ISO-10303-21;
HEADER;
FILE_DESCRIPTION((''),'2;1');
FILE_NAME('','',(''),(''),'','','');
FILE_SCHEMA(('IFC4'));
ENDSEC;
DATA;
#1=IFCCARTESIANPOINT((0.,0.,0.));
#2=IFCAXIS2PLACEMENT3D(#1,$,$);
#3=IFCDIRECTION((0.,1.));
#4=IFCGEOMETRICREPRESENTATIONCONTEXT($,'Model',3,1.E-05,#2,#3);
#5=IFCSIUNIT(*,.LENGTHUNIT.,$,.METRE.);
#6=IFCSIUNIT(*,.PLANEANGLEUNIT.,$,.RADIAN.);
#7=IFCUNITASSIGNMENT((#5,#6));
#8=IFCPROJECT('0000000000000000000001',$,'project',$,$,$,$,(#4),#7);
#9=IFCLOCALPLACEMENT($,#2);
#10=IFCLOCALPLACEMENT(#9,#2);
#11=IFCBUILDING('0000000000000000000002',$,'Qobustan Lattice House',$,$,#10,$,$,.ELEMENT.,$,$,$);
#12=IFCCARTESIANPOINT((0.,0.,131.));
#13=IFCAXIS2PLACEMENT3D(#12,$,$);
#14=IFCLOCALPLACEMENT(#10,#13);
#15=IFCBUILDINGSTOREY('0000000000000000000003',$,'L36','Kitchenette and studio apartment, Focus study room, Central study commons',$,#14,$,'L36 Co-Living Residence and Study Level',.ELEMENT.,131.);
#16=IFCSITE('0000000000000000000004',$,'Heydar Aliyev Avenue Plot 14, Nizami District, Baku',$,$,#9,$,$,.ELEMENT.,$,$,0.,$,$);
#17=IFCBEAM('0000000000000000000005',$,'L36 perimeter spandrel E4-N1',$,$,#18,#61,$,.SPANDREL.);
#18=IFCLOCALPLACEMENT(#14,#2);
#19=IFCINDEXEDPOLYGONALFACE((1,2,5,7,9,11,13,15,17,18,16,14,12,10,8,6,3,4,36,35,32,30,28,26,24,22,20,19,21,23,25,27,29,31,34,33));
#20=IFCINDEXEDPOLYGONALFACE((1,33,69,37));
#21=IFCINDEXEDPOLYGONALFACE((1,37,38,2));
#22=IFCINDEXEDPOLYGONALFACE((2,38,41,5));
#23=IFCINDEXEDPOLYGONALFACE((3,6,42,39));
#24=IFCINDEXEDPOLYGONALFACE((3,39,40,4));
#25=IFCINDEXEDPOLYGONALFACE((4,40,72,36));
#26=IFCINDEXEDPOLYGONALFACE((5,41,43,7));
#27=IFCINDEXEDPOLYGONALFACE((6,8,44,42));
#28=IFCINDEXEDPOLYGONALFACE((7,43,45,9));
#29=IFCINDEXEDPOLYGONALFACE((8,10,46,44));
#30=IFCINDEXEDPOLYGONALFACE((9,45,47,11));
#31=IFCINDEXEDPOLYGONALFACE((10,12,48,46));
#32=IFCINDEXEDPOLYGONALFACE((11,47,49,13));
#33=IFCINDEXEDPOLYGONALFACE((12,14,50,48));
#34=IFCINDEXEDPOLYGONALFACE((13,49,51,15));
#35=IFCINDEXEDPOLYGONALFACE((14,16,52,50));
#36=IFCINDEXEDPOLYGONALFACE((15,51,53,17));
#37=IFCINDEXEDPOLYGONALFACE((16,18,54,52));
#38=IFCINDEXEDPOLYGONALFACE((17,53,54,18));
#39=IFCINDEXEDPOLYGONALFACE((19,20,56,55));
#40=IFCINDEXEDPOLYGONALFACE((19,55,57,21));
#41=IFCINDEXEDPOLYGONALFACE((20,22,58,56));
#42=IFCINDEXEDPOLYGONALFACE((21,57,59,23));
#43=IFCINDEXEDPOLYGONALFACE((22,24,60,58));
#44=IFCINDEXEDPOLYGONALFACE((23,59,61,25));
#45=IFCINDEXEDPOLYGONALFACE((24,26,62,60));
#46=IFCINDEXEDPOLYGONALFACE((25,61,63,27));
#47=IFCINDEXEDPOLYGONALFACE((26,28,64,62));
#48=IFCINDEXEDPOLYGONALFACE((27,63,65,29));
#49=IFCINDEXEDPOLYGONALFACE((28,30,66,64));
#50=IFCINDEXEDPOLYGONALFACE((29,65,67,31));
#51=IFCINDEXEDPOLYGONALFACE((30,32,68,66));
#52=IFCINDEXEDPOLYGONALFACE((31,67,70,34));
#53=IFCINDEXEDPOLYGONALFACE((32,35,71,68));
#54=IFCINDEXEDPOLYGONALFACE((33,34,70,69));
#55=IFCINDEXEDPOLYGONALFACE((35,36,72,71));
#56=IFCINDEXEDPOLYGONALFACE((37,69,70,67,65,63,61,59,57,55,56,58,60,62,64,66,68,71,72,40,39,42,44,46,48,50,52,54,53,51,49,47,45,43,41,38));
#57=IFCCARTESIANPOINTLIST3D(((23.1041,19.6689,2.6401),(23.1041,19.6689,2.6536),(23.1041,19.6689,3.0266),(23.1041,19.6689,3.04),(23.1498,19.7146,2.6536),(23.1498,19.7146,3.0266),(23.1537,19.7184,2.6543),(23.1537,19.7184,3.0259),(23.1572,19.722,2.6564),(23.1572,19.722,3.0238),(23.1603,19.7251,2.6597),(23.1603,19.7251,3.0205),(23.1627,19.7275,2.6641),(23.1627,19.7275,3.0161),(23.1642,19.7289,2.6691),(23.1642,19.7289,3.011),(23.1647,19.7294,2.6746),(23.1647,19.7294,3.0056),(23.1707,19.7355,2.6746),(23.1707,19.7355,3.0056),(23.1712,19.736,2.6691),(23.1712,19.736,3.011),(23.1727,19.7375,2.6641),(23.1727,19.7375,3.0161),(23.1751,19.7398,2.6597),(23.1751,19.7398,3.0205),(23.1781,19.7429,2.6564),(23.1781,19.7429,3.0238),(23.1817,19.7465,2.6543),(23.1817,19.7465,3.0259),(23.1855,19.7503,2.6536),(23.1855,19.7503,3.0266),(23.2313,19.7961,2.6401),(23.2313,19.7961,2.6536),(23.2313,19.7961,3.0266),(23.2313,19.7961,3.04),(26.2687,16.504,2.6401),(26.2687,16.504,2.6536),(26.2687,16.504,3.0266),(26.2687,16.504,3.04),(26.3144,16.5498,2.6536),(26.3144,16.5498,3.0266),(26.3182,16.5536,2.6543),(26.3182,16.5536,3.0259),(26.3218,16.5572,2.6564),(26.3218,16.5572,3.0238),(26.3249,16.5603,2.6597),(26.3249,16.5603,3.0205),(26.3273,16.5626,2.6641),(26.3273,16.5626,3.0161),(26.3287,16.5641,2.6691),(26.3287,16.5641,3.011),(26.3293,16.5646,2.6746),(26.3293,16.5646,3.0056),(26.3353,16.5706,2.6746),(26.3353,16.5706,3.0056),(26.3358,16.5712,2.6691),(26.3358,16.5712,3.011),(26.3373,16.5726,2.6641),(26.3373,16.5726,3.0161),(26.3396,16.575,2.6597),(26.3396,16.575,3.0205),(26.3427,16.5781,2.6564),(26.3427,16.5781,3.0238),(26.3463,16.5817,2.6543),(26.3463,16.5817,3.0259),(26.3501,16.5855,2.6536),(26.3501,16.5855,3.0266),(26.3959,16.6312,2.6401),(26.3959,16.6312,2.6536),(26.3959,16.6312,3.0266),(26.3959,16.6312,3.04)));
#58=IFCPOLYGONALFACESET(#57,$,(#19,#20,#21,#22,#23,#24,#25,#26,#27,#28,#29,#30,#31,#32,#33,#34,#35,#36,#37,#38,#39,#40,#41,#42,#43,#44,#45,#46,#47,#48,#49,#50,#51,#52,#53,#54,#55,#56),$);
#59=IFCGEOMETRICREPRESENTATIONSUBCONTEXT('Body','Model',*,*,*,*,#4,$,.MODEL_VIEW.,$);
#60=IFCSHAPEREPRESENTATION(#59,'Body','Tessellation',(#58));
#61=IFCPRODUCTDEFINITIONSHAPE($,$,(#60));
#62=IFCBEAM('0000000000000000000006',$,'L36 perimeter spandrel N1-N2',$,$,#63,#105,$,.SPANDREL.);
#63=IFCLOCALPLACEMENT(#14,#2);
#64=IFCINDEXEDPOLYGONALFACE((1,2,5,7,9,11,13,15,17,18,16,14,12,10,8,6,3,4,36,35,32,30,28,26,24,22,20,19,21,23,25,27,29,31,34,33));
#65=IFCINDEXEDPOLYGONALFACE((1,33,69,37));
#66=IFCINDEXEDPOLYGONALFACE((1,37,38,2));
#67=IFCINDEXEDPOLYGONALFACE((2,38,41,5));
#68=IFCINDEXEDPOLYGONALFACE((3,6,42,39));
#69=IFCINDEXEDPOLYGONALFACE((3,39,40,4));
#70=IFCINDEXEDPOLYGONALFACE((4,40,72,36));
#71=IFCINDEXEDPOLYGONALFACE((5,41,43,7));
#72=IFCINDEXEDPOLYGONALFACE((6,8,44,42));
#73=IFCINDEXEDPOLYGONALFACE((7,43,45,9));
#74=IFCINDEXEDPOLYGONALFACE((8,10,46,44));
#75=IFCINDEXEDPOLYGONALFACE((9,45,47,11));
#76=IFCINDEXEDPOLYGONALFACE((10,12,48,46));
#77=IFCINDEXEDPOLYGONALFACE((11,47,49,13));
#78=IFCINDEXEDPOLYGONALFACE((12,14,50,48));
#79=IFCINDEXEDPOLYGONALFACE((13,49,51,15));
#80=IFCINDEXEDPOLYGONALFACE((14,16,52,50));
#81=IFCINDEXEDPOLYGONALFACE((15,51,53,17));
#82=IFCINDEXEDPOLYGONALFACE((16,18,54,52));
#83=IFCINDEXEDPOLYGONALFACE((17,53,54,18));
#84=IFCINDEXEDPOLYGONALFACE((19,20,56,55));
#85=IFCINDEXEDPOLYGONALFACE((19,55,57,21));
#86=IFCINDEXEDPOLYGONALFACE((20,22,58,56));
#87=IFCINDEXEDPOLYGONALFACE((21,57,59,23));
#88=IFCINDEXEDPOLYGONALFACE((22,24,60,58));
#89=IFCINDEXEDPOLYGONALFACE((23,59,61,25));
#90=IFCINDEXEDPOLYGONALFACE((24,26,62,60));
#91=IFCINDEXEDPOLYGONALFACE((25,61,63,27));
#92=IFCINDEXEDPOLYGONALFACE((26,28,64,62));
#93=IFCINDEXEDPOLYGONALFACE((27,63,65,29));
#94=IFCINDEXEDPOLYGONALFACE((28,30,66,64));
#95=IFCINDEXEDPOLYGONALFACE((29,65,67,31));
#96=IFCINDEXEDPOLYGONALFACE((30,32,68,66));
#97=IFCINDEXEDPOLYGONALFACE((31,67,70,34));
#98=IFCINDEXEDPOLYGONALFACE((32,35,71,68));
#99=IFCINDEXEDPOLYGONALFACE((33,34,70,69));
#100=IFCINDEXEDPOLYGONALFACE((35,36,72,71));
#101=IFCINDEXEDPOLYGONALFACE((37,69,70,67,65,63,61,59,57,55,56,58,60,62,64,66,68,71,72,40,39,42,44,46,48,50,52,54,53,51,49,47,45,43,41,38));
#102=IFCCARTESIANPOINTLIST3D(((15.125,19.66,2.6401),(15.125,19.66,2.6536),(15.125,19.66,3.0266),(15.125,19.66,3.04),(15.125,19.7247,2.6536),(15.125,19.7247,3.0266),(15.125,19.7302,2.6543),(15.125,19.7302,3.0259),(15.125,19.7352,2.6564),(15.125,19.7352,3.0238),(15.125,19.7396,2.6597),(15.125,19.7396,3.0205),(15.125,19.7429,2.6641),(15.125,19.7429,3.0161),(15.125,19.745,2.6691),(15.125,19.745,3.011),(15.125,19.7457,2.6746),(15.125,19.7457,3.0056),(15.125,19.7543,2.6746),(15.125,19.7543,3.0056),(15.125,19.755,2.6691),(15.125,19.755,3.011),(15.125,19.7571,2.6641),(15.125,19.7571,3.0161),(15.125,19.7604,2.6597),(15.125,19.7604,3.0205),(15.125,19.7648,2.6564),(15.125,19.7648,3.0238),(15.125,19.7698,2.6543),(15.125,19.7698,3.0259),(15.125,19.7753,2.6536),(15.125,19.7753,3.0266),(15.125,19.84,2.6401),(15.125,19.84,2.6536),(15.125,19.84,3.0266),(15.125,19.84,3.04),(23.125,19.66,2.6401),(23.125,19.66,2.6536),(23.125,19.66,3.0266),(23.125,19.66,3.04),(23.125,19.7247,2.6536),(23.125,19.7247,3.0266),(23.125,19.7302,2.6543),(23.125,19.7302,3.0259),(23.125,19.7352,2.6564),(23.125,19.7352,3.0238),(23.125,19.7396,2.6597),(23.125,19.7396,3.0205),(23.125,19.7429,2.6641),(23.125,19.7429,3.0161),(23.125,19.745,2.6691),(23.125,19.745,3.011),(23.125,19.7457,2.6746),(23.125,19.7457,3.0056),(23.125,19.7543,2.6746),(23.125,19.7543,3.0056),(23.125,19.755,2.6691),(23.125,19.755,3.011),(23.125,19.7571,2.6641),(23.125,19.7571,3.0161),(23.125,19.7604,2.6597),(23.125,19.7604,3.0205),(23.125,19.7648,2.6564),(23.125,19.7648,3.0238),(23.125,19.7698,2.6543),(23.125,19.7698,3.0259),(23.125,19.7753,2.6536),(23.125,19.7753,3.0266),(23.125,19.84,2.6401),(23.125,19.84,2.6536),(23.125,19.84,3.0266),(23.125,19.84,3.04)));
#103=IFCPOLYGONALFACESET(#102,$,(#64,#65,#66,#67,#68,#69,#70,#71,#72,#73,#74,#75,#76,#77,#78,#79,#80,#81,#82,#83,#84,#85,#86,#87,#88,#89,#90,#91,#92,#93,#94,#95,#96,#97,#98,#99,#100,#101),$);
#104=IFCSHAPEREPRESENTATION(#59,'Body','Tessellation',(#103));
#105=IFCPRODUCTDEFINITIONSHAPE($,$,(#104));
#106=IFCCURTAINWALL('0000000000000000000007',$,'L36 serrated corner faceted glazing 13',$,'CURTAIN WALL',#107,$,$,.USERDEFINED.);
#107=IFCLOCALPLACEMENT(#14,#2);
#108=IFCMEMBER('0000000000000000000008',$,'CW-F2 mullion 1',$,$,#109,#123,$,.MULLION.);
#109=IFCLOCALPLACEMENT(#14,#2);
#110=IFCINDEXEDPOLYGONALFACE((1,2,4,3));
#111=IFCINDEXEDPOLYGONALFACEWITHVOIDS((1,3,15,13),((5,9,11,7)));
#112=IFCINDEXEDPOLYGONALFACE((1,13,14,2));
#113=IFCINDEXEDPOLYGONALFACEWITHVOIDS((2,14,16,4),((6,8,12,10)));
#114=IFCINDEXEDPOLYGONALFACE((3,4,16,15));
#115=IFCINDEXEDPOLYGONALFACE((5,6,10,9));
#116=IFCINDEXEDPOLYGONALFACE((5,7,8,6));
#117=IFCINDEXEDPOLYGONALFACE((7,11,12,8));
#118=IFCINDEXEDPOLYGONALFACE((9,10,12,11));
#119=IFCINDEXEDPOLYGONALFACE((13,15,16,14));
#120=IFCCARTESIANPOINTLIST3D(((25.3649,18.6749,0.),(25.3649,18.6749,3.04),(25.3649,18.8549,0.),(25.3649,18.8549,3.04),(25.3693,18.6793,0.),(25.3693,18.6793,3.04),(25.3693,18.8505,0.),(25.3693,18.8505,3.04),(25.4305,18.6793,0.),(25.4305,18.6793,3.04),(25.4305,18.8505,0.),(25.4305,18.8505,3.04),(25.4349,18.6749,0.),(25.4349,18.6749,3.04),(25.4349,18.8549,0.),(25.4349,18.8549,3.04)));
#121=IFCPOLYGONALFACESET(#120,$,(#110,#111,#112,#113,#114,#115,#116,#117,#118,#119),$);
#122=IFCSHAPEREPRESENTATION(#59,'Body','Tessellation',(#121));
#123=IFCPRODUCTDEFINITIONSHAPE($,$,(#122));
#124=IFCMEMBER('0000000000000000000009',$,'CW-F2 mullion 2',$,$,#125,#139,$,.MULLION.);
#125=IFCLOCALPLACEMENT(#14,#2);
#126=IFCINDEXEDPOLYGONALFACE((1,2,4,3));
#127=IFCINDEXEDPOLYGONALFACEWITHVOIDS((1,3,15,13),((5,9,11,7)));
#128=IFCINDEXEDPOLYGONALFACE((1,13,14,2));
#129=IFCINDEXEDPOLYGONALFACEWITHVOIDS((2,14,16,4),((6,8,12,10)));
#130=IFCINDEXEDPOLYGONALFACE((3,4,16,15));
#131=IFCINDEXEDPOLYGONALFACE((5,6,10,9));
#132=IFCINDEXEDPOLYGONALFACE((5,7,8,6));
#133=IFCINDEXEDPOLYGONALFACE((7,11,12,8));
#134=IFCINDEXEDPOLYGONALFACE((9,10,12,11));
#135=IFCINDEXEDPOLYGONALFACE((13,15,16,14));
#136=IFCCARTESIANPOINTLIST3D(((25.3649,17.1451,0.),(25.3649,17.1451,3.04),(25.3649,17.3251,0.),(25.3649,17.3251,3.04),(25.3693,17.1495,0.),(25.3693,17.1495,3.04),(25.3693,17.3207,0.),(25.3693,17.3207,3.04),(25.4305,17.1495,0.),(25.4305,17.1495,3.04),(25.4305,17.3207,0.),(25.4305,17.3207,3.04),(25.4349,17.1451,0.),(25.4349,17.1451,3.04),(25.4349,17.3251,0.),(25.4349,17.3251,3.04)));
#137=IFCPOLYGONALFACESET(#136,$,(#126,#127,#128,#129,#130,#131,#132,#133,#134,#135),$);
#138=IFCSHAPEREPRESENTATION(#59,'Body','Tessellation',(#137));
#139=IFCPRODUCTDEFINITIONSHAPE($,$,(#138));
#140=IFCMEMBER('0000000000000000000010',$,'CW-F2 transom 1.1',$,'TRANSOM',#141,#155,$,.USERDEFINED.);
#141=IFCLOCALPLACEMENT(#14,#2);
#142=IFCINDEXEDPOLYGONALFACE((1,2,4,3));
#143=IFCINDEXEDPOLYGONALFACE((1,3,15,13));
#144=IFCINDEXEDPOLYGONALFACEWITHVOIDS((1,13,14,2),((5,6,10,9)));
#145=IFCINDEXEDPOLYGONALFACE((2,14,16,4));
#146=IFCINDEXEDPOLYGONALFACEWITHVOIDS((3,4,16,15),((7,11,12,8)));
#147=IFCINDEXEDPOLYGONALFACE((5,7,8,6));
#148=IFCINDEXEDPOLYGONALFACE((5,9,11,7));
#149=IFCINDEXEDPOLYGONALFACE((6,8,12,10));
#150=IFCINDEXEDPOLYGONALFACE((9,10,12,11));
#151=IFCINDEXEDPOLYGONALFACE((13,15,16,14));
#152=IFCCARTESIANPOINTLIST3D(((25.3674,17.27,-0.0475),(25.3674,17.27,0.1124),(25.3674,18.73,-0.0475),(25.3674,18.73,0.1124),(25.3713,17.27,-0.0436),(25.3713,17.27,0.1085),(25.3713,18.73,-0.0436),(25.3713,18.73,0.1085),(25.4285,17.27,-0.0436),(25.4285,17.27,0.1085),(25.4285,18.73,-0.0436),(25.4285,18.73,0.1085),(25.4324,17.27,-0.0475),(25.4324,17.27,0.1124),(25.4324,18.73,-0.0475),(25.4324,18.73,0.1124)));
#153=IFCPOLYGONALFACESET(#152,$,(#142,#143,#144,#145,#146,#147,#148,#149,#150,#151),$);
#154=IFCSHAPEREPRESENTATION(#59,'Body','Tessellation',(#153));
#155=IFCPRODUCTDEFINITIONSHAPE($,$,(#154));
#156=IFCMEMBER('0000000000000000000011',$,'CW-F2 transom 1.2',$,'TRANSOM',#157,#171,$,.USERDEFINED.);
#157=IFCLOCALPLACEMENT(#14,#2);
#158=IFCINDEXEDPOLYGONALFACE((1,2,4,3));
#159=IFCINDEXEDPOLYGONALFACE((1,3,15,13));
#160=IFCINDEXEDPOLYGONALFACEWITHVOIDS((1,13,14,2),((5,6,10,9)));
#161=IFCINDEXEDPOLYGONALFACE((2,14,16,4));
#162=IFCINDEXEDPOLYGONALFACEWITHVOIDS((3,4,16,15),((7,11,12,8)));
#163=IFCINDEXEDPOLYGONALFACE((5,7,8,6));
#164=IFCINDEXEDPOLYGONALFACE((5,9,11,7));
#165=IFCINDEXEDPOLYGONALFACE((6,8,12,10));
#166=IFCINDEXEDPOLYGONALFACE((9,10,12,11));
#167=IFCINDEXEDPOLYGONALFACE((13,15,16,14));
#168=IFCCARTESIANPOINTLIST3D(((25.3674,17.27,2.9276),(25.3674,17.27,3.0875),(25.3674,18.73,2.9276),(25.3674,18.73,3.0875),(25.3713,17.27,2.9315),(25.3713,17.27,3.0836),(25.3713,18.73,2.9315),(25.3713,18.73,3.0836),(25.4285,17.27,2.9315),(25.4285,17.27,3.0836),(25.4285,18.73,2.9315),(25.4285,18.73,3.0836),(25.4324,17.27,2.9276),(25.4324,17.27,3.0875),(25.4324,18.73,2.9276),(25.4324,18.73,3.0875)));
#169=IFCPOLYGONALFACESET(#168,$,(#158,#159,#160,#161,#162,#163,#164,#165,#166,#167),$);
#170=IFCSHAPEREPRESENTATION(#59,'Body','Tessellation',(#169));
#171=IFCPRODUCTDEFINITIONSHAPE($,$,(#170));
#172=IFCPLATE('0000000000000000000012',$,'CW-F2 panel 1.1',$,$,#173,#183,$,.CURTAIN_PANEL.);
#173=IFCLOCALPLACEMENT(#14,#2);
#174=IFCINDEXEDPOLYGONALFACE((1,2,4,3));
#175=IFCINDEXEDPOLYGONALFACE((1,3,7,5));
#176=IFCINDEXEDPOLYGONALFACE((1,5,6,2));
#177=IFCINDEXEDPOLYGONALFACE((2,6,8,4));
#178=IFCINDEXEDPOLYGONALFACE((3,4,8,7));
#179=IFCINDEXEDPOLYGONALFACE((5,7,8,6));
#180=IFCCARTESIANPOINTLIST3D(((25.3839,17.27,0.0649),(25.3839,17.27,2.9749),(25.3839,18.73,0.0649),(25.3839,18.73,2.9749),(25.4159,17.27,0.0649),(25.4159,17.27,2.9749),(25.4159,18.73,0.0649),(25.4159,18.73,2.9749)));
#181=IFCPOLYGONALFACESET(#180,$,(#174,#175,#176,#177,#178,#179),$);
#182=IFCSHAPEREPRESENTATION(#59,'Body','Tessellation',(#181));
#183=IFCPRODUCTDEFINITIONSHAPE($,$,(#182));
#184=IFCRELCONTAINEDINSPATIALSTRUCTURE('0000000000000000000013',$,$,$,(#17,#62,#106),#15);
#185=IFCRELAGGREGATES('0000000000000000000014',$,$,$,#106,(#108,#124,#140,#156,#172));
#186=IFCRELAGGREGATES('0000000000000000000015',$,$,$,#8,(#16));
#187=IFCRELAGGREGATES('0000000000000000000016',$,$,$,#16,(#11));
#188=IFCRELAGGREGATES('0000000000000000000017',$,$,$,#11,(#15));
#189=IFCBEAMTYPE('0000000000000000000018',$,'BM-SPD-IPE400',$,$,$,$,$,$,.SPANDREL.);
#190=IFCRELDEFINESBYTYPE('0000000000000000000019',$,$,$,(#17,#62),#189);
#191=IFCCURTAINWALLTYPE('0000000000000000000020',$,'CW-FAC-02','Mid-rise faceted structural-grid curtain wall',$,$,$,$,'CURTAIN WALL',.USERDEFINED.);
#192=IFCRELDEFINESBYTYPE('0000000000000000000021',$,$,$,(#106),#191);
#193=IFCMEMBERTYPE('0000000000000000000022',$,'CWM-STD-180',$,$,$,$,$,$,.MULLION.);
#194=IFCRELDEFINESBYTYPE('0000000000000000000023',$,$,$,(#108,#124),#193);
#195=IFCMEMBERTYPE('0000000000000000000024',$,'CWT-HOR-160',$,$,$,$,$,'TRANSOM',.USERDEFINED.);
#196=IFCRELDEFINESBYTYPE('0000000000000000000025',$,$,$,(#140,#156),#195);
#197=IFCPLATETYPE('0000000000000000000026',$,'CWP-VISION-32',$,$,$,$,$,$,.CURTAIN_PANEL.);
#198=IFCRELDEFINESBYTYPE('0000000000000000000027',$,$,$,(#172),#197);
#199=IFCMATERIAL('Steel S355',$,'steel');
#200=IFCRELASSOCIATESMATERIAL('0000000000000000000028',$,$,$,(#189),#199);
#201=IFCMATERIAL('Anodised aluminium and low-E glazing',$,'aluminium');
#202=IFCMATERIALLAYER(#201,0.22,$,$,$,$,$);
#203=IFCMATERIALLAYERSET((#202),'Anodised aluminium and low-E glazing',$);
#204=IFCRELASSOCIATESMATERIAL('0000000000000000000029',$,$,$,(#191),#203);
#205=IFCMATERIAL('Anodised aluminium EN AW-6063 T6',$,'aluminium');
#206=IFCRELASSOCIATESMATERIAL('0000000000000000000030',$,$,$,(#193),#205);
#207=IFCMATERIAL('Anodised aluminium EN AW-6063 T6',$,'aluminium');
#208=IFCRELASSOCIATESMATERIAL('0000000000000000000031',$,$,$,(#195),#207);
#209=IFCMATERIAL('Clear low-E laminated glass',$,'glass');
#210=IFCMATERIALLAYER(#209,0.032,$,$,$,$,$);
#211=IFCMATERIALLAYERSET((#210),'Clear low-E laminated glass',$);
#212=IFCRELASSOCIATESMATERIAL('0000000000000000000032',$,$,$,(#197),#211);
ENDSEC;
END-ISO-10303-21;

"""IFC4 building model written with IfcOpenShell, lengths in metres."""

from ifc_helpers import new_model, si_unit, direction, frame, origin, origin_2d, place, context, subcontext, project, spatial, rectangle, hollow_rectangle, i_section, extrude, material, layer, layer_set, material_profile, profile_set, type_object, element, aggregate, save


model = new_model("IFC4")

# Units and contexts
model_context = context("Model", 3, precision=1e-05, world=origin(), true_north=direction((0.0, 1.0)))
body_context = subcontext(model_context, "Body", "Model", "MODEL_VIEW")
ifc_project = project(units=[si_unit("LENGTHUNIT", "METRE"), si_unit("PLANEANGLEUNIT", "RADIAN")], contexts=[model_context])

# Site, building, storey
site_placement = place(None, origin())
site = spatial("IfcSite", under=ifc_project, at=site_placement, Name="Heydar Aliyev Avenue Plot 14, Nizami District, Baku", CompositionType="ELEMENT", RefElevation=0.0)
building_placement = place(site_placement, origin())
building = spatial("IfcBuilding", under=site, at=building_placement, Name="Qobustan Lattice House", CompositionType="ELEMENT")
storey_placement = place(building_placement, frame((0.0, 0.0, 131.0)))
storey = spatial("IfcBuildingStorey", under=building, at=storey_placement, Name="L36", Description="Kitchenette and studio apartment, Focus study room, Central study commons", LongName="L36 Co-Living Residence and Study Level", CompositionType="ELEMENT", Elevation=131.0)

# Beams
ifc_material_1 = material(Name="Steel S355", Category="steel")
ifc_material_profile_1 = material_profile(ifc_material_1, i_section(OverallWidth=0.1799, OverallDepth=0.3999, WebThickness=0.0085, FlangeThickness=0.0134, FilletRadius=0.021, at=origin_2d()), Name="IPE400")
ifc_profile_set_1 = profile_set([ifc_material_profile_1], Name="Steel S355")
beam_type_1 = type_object("IfcBeamType", Name="BM-SPD-IPE400", PredefinedType="SPANDREL", material=ifc_profile_set_1)
beam_1_placement = place(storey_placement, frame((26.3323, 16.5676, 2.8401), z_axis=(-0.70708, 0.707134, 0.0), x_axis=(-0.707134, -0.70708, 0.0)))
element("IfcBeam", 1, at=beam_1_placement, inside=storey, type_object=beam_type_1, Name="L36 perimeter spandrel E4-N1", PredefinedType="SPANDREL", context=body_context, shape_type="SweptSolid", body=[
    extrude(i_section(OverallWidth=0.1799, OverallDepth=0.3999, WebThickness=0.0085, FlangeThickness=0.0134, FilletRadius=0.021, at=origin_2d()), origin(), (0.0, 0.0, 1.0), 4.4756),
])
beam_2_placement = place(storey_placement, frame((23.125, 19.75, 2.8401), z_axis=(-1.0, 0.0, 0.0), x_axis=(0.0, -1.0, 0.0)))
element("IfcBeam", 2, at=beam_2_placement, inside=storey, type_object=beam_type_1, Name="L36 perimeter spandrel N1-N2", PredefinedType="SPANDREL", context=body_context, shape_type="SweptSolid", body=[
    extrude(i_section(OverallWidth=0.1799, OverallDepth=0.3999, WebThickness=0.0085, FlangeThickness=0.0134, FilletRadius=0.021, at=origin_2d()), origin(), (0.0, 0.0, 1.0), 8.0),
])

# Curtain wall, members, plate
ifc_material_2 = material(Name="Anodised aluminium and low-E glazing", Category="aluminium")
ifc_layer_1 = layer(ifc_material_2, 0.22)
ifc_layer_set_1 = layer_set([ifc_layer_1], Name="Anodised aluminium and low-E glazing")
curtain_wall_type = type_object("IfcCurtainWallType", Name="CW-FAC-02", Description="Mid-rise faceted structural-grid curtain wall", ElementType="CURTAIN WALL", PredefinedType="USERDEFINED", material=ifc_layer_set_1)
curtain_wall_placement = place(storey_placement, origin())
curtain_wall = element("IfcCurtainWall", 3, at=curtain_wall_placement, inside=storey, type_object=curtain_wall_type, Name="L36 serrated corner faceted glazing 13", ObjectType="CURTAIN WALL", PredefinedType="USERDEFINED")
ifc_material_3 = material(Name="Anodised aluminium EN AW-6063 T6", Category="aluminium")
ifc_material_profile_2 = material_profile(ifc_material_3, hollow_rectangle(XDim=0.0701, YDim=0.1799, WallThickness=0.0044, at=origin_2d()), Name="CWM-180x70")
ifc_profile_set_2 = profile_set([ifc_material_profile_2], Name="Anodised aluminium EN AW-6063 T6")
member_type_1 = type_object("IfcMemberType", Name="CWM-STD-180", PredefinedType="MULLION", material=ifc_profile_set_2)
member_1_placement = place(storey_placement, frame((25.3999, 18.7649, 0.0), z_axis=(0.0, 0.0, 1.0), x_axis=(1.0, 0.0, 0.0)))
member_1 = element("IfcMember", 4, at=member_1_placement, type_object=member_type_1, Name="CW-F2 mullion 1", PredefinedType="MULLION", context=body_context, shape_type="SweptSolid", body=[
    extrude(hollow_rectangle(XDim=0.0701, YDim=0.1799, WallThickness=0.0044, at=origin_2d()), origin(), (0.0, 0.0, 1.0), 3.04),
])
member_2_placement = place(storey_placement, frame((25.3999, 17.2351, 0.0), z_axis=(0.0, 0.0, 1.0), x_axis=(1.0, 0.0, 0.0)))
member_2 = element("IfcMember", 5, at=member_2_placement, type_object=member_type_1, Name="CW-F2 mullion 2", PredefinedType="MULLION", context=body_context, shape_type="SweptSolid", body=[
    extrude(hollow_rectangle(XDim=0.0701, YDim=0.1799, WallThickness=0.0044, at=origin_2d()), origin(), (0.0, 0.0, 1.0), 3.04),
])
ifc_material_4 = material(Name="Anodised aluminium EN AW-6063 T6", Category="aluminium")
ifc_material_profile_3 = material_profile(ifc_material_4, hollow_rectangle(XDim=0.0649, YDim=0.1599, WallThickness=0.0039, at=origin_2d()), Name="CWT-160x65")
ifc_profile_set_3 = profile_set([ifc_material_profile_3], Name="Anodised aluminium EN AW-6063 T6")
member_type_2 = type_object("IfcMemberType", Name="CWT-HOR-160", ElementType="TRANSOM", PredefinedType="USERDEFINED", material=ifc_profile_set_3)
member_3_placement = place(storey_placement, frame((25.3999, 18.73, 0.0325), z_axis=(0.0, -1.0, 0.0), x_axis=(1.0, 0.0, 0.0)))
member_3 = element("IfcMember", 6, at=member_3_placement, type_object=member_type_2, Name="CW-F2 transom 1.1", ObjectType="TRANSOM", PredefinedType="USERDEFINED", context=body_context, shape_type="SweptSolid", body=[
    extrude(hollow_rectangle(XDim=0.0649, YDim=0.1599, WallThickness=0.0039, at=origin_2d()), origin(), (0.0, 0.0, 1.0), 1.46),
])
member_4_placement = place(storey_placement, frame((25.3999, 18.73, 3.0076), z_axis=(0.0, -1.0, 0.0), x_axis=(1.0, 0.0, 0.0)))
member_4 = element("IfcMember", 7, at=member_4_placement, type_object=member_type_2, Name="CW-F2 transom 1.2", ObjectType="TRANSOM", PredefinedType="USERDEFINED", context=body_context, shape_type="SweptSolid", body=[
    extrude(hollow_rectangle(XDim=0.0649, YDim=0.1599, WallThickness=0.0039, at=origin_2d()), origin(), (0.0, 0.0, 1.0), 1.46),
])
ifc_material_5 = material(Name="Clear low-E laminated glass", Category="glass")
ifc_layer_2 = layer(ifc_material_5, 0.032)
ifc_layer_set_2 = layer_set([ifc_layer_2], Name="Clear low-E laminated glass")
plate_type = type_object("IfcPlateType", Name="CWP-VISION-32", PredefinedType="CURTAIN_PANEL", material=ifc_layer_set_2)
plate_placement = place(storey_placement, frame((25.3999, 18.0, 0.0649), z_axis=(0.0, 0.0, 1.0), x_axis=(0.0, -1.0, 0.0)))
plate = element("IfcPlate", 8, at=plate_placement, type_object=plate_type, Name="CW-F2 panel 1.1", PredefinedType="CURTAIN_PANEL", context=body_context, shape_type="SweptSolid", body=[
    extrude(rectangle(XDim=1.46, YDim=0.032, at=origin_2d()), origin(), (0.0, 0.0, 1.0), 2.9099),
])
aggregate(curtain_wall, [member_1, member_2, member_3, member_4, plate])

save(model, "model.ifc")
